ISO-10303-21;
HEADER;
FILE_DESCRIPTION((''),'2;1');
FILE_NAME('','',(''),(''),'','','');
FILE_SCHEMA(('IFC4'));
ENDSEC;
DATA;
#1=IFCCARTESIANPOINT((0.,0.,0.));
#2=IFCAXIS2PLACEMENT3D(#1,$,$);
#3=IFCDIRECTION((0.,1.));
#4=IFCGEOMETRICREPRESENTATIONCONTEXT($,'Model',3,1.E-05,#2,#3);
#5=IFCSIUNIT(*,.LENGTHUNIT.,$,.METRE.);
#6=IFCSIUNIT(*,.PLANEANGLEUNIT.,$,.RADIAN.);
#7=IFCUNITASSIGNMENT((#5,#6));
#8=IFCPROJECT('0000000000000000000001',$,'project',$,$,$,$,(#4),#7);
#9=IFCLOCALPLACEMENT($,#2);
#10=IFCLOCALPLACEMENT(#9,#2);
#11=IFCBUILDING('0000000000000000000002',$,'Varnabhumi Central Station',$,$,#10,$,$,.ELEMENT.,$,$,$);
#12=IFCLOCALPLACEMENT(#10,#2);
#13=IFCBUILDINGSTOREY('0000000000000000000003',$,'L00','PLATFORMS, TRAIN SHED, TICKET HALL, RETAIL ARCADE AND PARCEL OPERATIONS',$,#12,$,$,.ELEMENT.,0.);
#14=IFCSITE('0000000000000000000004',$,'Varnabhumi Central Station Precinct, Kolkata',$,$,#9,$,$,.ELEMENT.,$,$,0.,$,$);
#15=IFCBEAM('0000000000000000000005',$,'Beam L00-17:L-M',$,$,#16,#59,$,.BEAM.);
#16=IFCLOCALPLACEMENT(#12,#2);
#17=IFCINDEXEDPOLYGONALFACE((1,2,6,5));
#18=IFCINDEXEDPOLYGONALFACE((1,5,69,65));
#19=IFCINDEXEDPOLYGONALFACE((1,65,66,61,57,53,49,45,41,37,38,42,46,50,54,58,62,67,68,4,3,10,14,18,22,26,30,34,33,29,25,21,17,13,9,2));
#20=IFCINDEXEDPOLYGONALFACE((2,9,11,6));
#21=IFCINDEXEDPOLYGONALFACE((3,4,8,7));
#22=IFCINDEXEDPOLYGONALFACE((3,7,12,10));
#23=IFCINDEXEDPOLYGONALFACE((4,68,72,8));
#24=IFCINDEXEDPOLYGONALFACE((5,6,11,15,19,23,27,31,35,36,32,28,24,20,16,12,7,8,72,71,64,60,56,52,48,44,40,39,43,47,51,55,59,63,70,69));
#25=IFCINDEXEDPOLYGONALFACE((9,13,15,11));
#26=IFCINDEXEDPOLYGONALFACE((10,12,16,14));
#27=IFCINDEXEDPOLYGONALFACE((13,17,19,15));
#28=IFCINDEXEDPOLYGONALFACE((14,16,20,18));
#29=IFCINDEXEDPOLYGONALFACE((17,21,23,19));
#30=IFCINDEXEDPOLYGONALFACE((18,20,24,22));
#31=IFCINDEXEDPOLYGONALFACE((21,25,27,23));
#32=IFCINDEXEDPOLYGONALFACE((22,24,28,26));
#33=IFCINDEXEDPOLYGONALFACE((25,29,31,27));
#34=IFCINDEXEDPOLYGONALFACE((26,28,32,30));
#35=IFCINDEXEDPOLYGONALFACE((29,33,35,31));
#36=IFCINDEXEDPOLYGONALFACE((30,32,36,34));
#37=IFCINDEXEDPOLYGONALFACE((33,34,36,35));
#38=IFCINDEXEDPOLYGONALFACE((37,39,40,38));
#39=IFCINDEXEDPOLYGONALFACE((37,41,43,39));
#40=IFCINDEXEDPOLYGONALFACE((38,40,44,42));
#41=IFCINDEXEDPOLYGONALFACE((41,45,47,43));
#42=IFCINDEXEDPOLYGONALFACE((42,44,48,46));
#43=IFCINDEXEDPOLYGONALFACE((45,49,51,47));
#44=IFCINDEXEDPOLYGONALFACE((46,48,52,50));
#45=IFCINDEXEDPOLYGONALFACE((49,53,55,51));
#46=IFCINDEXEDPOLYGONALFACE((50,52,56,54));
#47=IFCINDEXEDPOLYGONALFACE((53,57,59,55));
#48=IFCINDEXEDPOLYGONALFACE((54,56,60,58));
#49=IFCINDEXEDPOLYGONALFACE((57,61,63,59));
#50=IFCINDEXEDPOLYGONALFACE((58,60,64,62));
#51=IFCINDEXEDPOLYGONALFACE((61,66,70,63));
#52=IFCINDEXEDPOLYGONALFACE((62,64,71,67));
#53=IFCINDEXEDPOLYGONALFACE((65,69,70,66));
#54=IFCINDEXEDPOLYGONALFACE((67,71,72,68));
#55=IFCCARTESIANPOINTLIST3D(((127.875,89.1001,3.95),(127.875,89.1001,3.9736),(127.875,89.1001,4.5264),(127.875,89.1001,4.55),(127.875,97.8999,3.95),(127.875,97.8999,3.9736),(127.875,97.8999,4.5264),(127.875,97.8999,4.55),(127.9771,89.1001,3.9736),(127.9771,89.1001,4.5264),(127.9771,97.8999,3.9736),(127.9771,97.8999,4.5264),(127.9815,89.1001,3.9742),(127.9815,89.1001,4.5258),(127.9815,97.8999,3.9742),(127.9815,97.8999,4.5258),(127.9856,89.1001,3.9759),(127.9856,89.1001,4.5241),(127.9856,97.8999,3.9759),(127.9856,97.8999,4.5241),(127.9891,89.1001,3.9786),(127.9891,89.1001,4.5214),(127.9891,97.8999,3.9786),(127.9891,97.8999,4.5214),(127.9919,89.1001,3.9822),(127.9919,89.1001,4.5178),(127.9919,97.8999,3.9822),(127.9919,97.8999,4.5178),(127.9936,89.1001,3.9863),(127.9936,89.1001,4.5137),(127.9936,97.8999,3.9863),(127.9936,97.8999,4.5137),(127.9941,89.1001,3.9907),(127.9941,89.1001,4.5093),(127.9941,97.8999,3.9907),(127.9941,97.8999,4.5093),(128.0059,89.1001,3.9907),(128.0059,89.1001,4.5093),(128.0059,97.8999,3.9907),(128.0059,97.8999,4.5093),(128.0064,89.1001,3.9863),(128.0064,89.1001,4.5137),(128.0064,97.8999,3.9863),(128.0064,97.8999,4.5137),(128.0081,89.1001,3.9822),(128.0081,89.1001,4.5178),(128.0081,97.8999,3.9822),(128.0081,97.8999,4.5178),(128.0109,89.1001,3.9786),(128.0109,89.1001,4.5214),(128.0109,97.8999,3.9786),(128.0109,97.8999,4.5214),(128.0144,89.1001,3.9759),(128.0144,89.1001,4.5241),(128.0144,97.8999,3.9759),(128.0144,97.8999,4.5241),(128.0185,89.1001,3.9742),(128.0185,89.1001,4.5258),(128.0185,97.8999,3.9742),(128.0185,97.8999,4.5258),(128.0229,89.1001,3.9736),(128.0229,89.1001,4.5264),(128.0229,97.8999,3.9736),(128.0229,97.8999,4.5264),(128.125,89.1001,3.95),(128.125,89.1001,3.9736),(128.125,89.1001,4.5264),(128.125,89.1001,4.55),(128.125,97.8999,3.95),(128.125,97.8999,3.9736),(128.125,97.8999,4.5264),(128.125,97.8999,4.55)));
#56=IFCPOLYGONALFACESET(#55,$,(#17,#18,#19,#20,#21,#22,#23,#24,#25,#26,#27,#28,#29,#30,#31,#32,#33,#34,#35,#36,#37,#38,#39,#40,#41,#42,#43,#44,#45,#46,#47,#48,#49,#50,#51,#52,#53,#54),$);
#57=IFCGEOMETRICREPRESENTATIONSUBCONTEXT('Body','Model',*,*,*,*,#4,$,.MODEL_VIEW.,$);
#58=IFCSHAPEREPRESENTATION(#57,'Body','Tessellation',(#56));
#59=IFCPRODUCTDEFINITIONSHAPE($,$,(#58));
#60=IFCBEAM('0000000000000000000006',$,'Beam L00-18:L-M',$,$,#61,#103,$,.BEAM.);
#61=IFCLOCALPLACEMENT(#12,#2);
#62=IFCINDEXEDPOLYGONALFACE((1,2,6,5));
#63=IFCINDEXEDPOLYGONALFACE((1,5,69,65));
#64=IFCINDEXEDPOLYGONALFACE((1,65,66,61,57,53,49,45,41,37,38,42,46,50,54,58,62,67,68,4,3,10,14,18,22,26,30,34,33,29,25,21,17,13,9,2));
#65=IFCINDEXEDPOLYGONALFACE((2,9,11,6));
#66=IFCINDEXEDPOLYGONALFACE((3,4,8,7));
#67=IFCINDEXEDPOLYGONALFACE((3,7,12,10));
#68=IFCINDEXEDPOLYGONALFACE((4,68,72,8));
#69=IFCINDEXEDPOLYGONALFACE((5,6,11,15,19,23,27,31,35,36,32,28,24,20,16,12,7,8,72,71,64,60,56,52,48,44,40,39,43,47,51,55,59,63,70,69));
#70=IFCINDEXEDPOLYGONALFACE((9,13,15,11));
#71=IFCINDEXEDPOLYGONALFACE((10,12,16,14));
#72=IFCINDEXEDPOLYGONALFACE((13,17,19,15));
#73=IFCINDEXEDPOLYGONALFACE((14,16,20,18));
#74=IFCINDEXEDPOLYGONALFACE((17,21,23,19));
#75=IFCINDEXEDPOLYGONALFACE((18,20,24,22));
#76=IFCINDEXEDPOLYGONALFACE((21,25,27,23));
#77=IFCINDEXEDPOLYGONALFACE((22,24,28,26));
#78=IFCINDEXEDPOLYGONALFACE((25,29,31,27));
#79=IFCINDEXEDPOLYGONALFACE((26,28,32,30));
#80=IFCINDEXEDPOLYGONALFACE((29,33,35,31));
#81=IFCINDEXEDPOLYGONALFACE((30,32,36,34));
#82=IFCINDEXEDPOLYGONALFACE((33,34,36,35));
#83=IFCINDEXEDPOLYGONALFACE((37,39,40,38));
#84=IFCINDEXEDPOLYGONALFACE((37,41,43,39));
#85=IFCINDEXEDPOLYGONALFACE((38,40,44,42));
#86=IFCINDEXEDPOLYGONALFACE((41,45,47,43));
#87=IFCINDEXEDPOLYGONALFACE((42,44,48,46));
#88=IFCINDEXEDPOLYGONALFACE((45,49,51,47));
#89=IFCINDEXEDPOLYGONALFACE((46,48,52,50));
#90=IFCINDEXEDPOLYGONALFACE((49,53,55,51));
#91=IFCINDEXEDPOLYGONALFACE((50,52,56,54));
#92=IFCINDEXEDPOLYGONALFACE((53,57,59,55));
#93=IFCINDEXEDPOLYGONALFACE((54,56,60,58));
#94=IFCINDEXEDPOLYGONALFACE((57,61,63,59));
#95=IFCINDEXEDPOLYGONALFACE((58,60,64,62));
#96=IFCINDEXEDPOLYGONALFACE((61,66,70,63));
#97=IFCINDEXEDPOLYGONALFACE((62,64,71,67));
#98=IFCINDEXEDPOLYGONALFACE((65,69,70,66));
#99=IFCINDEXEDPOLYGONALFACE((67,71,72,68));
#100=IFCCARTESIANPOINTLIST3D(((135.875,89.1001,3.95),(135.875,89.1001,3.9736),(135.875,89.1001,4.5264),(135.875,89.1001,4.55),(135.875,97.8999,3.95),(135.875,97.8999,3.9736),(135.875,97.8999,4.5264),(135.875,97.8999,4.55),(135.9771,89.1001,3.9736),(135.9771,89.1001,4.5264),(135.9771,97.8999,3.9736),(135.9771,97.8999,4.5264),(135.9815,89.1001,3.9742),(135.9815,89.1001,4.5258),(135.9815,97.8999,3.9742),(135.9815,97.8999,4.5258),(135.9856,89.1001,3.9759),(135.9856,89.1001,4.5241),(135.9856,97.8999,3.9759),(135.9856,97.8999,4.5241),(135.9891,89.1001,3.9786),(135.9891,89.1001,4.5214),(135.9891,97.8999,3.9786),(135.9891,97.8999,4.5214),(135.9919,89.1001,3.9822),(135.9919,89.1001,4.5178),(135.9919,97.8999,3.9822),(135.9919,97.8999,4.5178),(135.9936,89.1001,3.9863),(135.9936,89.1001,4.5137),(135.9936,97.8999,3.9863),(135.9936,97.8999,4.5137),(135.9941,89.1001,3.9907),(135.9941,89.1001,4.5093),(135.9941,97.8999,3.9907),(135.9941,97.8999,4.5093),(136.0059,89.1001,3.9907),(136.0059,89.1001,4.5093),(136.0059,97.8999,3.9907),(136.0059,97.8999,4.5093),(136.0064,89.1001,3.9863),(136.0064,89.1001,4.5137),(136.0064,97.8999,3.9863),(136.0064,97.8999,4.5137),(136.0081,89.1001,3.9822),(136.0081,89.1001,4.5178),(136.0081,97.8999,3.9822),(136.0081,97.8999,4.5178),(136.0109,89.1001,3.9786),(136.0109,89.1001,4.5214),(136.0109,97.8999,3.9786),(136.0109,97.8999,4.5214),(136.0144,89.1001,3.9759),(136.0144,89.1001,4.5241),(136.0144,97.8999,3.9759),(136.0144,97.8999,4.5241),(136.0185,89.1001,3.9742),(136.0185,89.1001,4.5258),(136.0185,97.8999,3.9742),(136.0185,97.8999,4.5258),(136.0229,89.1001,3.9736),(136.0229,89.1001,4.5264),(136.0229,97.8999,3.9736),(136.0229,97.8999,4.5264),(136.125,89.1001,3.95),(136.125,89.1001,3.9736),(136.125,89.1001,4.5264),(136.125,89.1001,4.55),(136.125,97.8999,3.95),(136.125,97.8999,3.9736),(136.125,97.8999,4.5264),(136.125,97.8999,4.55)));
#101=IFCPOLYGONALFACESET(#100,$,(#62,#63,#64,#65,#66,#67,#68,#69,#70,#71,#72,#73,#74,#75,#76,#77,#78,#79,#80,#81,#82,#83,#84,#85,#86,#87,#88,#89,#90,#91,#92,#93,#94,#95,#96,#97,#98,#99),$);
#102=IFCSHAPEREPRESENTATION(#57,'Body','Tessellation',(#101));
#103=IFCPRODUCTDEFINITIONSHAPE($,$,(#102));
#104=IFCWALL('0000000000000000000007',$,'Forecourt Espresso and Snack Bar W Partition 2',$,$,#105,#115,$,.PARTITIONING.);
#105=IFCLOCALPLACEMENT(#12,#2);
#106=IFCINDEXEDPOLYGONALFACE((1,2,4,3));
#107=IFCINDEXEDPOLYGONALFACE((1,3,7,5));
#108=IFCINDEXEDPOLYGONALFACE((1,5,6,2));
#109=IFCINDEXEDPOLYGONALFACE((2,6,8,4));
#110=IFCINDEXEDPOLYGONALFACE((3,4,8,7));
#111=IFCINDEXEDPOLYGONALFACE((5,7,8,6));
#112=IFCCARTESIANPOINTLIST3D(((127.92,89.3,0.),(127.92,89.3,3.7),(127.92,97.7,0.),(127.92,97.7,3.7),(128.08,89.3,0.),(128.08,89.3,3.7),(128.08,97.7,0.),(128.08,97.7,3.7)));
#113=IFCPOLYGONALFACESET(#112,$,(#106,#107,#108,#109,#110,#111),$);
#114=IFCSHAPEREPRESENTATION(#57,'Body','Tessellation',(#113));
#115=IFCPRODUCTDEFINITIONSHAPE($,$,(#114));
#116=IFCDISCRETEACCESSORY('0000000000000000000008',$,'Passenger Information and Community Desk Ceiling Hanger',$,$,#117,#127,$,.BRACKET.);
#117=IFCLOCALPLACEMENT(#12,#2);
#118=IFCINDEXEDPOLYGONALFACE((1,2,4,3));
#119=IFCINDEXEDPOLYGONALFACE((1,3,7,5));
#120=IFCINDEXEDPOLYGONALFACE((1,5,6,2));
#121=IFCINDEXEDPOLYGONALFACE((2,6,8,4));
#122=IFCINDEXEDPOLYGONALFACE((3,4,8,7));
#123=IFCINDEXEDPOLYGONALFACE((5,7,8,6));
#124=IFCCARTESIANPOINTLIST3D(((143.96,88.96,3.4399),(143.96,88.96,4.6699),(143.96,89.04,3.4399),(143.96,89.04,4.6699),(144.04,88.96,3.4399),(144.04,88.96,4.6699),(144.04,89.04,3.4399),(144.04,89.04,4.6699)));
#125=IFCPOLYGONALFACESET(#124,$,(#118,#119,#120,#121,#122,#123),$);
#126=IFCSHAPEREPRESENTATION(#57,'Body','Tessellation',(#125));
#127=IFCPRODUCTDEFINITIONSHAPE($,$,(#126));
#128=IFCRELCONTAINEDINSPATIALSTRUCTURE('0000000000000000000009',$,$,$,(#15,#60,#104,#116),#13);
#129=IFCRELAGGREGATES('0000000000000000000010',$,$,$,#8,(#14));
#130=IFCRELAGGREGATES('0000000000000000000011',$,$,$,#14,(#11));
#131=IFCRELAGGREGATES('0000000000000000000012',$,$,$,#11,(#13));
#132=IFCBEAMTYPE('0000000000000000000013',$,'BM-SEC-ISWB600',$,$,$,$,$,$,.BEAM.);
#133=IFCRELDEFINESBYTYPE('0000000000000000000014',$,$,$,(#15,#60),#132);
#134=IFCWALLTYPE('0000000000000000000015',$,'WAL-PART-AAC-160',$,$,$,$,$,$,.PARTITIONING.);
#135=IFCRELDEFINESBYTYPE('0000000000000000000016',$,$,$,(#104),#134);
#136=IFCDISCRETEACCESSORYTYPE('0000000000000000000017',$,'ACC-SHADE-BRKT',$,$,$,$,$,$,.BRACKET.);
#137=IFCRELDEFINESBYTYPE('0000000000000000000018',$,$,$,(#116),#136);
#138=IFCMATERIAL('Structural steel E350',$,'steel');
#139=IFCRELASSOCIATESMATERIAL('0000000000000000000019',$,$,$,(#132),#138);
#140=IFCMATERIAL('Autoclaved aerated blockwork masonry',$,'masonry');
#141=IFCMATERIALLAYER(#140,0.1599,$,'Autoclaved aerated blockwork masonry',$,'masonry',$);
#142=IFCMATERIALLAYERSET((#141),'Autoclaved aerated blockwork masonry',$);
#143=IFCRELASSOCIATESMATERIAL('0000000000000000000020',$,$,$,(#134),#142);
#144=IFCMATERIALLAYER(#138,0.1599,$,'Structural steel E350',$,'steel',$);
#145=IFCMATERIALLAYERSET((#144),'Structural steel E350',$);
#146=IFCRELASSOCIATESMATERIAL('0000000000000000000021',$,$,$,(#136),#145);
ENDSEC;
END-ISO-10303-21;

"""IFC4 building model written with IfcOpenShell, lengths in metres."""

from ifc_helpers import new_model, si_unit, direction, frame, frame_2d, origin, origin_2d, place, context, subcontext, project, spatial, rectangle, i_section, extrude, material, layer, layer_set, material_profile, profile_set, type_object, element, save


model = new_model("IFC4")

# Units and contexts
model_context = context("Model", 3, precision=1e-05, world=origin(), true_north=direction((0.0, 1.0)))
body_context = subcontext(model_context, "Body", "Model", "MODEL_VIEW")
ifc_project = project(units=[si_unit("LENGTHUNIT", "METRE"), si_unit("PLANEANGLEUNIT", "RADIAN")], contexts=[model_context])

# Site, building, storey
site_placement = place(None, origin())
site = spatial("IfcSite", under=ifc_project, at=site_placement, Name="Varnabhumi Central Station Precinct, Kolkata", CompositionType="ELEMENT", RefElevation=0.0)
building_placement = place(site_placement, origin())
building = spatial("IfcBuilding", under=site, at=building_placement, Name="Varnabhumi Central Station", CompositionType="ELEMENT")
storey_placement = place(building_placement, origin())
storey = spatial("IfcBuildingStorey", under=building, at=storey_placement, Name="L00", Description="PLATFORMS, TRAIN SHED, TICKET HALL, RETAIL ARCADE AND PARCEL OPERATIONS", CompositionType="ELEMENT", Elevation=0.0)

# Beams
ifc_material_1 = material(Name="Structural steel E350", Category="steel")
ifc_material_profile_1 = material_profile(ifc_material_1, i_section(OverallWidth=0.25, OverallDepth=0.6001, WebThickness=0.0117, FlangeThickness=0.0237, FilletRadius=0.0171, at=origin_2d()), Name="Structural steel E350", Category="steel")
ifc_profile_set_1 = profile_set([ifc_material_profile_1], Name="Structural steel E350")
beam_type_1 = type_object("IfcBeamType", Name="BM-SEC-ISWB600", PredefinedType="BEAM", material=ifc_profile_set_1)
for number, where, z_axis, x_axis, name in (
    (1, (128.0, 89.1001, 4.25), (0.0, 1.0, 0.0), (-1.0, 0.0, 0.0), "Beam L00-17:L-M"),
    (2, (136.0, 89.1001, 4.25), (0.0, 1.0, 0.0), (-1.0, 0.0, 0.0), "Beam L00-18:L-M"),
):
    element("IfcBeam", number, at=place(storey_placement, frame(where, z_axis=z_axis, x_axis=x_axis)), inside=storey, type_object=beam_type_1, Name=name, PredefinedType="BEAM", context=body_context, shape_type="SweptSolid", body=[
        extrude(i_section(OverallWidth=0.25, OverallDepth=0.6001, WebThickness=0.0117, FlangeThickness=0.0237, FilletRadius=0.0171, at=origin_2d()), origin(), (0.0, 0.0, 1.0), 8.7998),
    ])

# Wall
ifc_material_2 = material(Name="Autoclaved aerated blockwork masonry", Category="masonry")
ifc_layer_1 = layer(ifc_material_2, 0.1599, Name="Autoclaved aerated blockwork masonry", Category="masonry")
ifc_layer_set_1 = layer_set([ifc_layer_1], Name="Autoclaved aerated blockwork masonry")
wall_type = type_object("IfcWallType", Name="WAL-PART-AAC-160", PredefinedType="PARTITIONING", material=ifc_layer_set_1)
wall_placement = place(storey_placement, frame((128.0, 89.3, 0.0), z_axis=(0.0, 0.0, 1.0), x_axis=(0.0, 1.0, 0.0)))
element("IfcWall", 3, at=wall_placement, inside=storey, type_object=wall_type, Name="Forecourt Espresso and Snack Bar W Partition 2", PredefinedType="PARTITIONING", context=body_context, shape_type="SweptSolid", body=[
    extrude(rectangle(XDim=8.3999, YDim=0.1599, at=frame_2d((4.2, 0.0))), origin(), (0.0, 0.0, 1.0), 3.7),
])

# Discrete accessory
ifc_layer_2 = layer(ifc_material_1, 0.1599, Name="Structural steel E350", Category="steel")
ifc_layer_set_2 = layer_set([ifc_layer_2], Name="Structural steel E350")
discrete_accessory_type = type_object("IfcDiscreteAccessoryType", Name="ACC-SHADE-BRKT", PredefinedType="BRACKET", material=ifc_layer_set_2)
discrete_accessory_placement = place(storey_placement, frame((144.0, 89.0, 3.4399), z_axis=(0.0, 0.0, 1.0), x_axis=(1.0, 0.0, 0.0)))
element("IfcDiscreteAccessory", 4, at=discrete_accessory_placement, inside=storey, type_object=discrete_accessory_type, Name="Passenger Information and Community Desk Ceiling Hanger", PredefinedType="BRACKET", context=body_context, shape_type="SweptSolid", body=[
    extrude(rectangle(XDim=0.0801, YDim=0.0801, at=origin_2d()), origin(), (0.0, 0.0, 1.0), 1.23),
])

save(model, "model.ifc")
